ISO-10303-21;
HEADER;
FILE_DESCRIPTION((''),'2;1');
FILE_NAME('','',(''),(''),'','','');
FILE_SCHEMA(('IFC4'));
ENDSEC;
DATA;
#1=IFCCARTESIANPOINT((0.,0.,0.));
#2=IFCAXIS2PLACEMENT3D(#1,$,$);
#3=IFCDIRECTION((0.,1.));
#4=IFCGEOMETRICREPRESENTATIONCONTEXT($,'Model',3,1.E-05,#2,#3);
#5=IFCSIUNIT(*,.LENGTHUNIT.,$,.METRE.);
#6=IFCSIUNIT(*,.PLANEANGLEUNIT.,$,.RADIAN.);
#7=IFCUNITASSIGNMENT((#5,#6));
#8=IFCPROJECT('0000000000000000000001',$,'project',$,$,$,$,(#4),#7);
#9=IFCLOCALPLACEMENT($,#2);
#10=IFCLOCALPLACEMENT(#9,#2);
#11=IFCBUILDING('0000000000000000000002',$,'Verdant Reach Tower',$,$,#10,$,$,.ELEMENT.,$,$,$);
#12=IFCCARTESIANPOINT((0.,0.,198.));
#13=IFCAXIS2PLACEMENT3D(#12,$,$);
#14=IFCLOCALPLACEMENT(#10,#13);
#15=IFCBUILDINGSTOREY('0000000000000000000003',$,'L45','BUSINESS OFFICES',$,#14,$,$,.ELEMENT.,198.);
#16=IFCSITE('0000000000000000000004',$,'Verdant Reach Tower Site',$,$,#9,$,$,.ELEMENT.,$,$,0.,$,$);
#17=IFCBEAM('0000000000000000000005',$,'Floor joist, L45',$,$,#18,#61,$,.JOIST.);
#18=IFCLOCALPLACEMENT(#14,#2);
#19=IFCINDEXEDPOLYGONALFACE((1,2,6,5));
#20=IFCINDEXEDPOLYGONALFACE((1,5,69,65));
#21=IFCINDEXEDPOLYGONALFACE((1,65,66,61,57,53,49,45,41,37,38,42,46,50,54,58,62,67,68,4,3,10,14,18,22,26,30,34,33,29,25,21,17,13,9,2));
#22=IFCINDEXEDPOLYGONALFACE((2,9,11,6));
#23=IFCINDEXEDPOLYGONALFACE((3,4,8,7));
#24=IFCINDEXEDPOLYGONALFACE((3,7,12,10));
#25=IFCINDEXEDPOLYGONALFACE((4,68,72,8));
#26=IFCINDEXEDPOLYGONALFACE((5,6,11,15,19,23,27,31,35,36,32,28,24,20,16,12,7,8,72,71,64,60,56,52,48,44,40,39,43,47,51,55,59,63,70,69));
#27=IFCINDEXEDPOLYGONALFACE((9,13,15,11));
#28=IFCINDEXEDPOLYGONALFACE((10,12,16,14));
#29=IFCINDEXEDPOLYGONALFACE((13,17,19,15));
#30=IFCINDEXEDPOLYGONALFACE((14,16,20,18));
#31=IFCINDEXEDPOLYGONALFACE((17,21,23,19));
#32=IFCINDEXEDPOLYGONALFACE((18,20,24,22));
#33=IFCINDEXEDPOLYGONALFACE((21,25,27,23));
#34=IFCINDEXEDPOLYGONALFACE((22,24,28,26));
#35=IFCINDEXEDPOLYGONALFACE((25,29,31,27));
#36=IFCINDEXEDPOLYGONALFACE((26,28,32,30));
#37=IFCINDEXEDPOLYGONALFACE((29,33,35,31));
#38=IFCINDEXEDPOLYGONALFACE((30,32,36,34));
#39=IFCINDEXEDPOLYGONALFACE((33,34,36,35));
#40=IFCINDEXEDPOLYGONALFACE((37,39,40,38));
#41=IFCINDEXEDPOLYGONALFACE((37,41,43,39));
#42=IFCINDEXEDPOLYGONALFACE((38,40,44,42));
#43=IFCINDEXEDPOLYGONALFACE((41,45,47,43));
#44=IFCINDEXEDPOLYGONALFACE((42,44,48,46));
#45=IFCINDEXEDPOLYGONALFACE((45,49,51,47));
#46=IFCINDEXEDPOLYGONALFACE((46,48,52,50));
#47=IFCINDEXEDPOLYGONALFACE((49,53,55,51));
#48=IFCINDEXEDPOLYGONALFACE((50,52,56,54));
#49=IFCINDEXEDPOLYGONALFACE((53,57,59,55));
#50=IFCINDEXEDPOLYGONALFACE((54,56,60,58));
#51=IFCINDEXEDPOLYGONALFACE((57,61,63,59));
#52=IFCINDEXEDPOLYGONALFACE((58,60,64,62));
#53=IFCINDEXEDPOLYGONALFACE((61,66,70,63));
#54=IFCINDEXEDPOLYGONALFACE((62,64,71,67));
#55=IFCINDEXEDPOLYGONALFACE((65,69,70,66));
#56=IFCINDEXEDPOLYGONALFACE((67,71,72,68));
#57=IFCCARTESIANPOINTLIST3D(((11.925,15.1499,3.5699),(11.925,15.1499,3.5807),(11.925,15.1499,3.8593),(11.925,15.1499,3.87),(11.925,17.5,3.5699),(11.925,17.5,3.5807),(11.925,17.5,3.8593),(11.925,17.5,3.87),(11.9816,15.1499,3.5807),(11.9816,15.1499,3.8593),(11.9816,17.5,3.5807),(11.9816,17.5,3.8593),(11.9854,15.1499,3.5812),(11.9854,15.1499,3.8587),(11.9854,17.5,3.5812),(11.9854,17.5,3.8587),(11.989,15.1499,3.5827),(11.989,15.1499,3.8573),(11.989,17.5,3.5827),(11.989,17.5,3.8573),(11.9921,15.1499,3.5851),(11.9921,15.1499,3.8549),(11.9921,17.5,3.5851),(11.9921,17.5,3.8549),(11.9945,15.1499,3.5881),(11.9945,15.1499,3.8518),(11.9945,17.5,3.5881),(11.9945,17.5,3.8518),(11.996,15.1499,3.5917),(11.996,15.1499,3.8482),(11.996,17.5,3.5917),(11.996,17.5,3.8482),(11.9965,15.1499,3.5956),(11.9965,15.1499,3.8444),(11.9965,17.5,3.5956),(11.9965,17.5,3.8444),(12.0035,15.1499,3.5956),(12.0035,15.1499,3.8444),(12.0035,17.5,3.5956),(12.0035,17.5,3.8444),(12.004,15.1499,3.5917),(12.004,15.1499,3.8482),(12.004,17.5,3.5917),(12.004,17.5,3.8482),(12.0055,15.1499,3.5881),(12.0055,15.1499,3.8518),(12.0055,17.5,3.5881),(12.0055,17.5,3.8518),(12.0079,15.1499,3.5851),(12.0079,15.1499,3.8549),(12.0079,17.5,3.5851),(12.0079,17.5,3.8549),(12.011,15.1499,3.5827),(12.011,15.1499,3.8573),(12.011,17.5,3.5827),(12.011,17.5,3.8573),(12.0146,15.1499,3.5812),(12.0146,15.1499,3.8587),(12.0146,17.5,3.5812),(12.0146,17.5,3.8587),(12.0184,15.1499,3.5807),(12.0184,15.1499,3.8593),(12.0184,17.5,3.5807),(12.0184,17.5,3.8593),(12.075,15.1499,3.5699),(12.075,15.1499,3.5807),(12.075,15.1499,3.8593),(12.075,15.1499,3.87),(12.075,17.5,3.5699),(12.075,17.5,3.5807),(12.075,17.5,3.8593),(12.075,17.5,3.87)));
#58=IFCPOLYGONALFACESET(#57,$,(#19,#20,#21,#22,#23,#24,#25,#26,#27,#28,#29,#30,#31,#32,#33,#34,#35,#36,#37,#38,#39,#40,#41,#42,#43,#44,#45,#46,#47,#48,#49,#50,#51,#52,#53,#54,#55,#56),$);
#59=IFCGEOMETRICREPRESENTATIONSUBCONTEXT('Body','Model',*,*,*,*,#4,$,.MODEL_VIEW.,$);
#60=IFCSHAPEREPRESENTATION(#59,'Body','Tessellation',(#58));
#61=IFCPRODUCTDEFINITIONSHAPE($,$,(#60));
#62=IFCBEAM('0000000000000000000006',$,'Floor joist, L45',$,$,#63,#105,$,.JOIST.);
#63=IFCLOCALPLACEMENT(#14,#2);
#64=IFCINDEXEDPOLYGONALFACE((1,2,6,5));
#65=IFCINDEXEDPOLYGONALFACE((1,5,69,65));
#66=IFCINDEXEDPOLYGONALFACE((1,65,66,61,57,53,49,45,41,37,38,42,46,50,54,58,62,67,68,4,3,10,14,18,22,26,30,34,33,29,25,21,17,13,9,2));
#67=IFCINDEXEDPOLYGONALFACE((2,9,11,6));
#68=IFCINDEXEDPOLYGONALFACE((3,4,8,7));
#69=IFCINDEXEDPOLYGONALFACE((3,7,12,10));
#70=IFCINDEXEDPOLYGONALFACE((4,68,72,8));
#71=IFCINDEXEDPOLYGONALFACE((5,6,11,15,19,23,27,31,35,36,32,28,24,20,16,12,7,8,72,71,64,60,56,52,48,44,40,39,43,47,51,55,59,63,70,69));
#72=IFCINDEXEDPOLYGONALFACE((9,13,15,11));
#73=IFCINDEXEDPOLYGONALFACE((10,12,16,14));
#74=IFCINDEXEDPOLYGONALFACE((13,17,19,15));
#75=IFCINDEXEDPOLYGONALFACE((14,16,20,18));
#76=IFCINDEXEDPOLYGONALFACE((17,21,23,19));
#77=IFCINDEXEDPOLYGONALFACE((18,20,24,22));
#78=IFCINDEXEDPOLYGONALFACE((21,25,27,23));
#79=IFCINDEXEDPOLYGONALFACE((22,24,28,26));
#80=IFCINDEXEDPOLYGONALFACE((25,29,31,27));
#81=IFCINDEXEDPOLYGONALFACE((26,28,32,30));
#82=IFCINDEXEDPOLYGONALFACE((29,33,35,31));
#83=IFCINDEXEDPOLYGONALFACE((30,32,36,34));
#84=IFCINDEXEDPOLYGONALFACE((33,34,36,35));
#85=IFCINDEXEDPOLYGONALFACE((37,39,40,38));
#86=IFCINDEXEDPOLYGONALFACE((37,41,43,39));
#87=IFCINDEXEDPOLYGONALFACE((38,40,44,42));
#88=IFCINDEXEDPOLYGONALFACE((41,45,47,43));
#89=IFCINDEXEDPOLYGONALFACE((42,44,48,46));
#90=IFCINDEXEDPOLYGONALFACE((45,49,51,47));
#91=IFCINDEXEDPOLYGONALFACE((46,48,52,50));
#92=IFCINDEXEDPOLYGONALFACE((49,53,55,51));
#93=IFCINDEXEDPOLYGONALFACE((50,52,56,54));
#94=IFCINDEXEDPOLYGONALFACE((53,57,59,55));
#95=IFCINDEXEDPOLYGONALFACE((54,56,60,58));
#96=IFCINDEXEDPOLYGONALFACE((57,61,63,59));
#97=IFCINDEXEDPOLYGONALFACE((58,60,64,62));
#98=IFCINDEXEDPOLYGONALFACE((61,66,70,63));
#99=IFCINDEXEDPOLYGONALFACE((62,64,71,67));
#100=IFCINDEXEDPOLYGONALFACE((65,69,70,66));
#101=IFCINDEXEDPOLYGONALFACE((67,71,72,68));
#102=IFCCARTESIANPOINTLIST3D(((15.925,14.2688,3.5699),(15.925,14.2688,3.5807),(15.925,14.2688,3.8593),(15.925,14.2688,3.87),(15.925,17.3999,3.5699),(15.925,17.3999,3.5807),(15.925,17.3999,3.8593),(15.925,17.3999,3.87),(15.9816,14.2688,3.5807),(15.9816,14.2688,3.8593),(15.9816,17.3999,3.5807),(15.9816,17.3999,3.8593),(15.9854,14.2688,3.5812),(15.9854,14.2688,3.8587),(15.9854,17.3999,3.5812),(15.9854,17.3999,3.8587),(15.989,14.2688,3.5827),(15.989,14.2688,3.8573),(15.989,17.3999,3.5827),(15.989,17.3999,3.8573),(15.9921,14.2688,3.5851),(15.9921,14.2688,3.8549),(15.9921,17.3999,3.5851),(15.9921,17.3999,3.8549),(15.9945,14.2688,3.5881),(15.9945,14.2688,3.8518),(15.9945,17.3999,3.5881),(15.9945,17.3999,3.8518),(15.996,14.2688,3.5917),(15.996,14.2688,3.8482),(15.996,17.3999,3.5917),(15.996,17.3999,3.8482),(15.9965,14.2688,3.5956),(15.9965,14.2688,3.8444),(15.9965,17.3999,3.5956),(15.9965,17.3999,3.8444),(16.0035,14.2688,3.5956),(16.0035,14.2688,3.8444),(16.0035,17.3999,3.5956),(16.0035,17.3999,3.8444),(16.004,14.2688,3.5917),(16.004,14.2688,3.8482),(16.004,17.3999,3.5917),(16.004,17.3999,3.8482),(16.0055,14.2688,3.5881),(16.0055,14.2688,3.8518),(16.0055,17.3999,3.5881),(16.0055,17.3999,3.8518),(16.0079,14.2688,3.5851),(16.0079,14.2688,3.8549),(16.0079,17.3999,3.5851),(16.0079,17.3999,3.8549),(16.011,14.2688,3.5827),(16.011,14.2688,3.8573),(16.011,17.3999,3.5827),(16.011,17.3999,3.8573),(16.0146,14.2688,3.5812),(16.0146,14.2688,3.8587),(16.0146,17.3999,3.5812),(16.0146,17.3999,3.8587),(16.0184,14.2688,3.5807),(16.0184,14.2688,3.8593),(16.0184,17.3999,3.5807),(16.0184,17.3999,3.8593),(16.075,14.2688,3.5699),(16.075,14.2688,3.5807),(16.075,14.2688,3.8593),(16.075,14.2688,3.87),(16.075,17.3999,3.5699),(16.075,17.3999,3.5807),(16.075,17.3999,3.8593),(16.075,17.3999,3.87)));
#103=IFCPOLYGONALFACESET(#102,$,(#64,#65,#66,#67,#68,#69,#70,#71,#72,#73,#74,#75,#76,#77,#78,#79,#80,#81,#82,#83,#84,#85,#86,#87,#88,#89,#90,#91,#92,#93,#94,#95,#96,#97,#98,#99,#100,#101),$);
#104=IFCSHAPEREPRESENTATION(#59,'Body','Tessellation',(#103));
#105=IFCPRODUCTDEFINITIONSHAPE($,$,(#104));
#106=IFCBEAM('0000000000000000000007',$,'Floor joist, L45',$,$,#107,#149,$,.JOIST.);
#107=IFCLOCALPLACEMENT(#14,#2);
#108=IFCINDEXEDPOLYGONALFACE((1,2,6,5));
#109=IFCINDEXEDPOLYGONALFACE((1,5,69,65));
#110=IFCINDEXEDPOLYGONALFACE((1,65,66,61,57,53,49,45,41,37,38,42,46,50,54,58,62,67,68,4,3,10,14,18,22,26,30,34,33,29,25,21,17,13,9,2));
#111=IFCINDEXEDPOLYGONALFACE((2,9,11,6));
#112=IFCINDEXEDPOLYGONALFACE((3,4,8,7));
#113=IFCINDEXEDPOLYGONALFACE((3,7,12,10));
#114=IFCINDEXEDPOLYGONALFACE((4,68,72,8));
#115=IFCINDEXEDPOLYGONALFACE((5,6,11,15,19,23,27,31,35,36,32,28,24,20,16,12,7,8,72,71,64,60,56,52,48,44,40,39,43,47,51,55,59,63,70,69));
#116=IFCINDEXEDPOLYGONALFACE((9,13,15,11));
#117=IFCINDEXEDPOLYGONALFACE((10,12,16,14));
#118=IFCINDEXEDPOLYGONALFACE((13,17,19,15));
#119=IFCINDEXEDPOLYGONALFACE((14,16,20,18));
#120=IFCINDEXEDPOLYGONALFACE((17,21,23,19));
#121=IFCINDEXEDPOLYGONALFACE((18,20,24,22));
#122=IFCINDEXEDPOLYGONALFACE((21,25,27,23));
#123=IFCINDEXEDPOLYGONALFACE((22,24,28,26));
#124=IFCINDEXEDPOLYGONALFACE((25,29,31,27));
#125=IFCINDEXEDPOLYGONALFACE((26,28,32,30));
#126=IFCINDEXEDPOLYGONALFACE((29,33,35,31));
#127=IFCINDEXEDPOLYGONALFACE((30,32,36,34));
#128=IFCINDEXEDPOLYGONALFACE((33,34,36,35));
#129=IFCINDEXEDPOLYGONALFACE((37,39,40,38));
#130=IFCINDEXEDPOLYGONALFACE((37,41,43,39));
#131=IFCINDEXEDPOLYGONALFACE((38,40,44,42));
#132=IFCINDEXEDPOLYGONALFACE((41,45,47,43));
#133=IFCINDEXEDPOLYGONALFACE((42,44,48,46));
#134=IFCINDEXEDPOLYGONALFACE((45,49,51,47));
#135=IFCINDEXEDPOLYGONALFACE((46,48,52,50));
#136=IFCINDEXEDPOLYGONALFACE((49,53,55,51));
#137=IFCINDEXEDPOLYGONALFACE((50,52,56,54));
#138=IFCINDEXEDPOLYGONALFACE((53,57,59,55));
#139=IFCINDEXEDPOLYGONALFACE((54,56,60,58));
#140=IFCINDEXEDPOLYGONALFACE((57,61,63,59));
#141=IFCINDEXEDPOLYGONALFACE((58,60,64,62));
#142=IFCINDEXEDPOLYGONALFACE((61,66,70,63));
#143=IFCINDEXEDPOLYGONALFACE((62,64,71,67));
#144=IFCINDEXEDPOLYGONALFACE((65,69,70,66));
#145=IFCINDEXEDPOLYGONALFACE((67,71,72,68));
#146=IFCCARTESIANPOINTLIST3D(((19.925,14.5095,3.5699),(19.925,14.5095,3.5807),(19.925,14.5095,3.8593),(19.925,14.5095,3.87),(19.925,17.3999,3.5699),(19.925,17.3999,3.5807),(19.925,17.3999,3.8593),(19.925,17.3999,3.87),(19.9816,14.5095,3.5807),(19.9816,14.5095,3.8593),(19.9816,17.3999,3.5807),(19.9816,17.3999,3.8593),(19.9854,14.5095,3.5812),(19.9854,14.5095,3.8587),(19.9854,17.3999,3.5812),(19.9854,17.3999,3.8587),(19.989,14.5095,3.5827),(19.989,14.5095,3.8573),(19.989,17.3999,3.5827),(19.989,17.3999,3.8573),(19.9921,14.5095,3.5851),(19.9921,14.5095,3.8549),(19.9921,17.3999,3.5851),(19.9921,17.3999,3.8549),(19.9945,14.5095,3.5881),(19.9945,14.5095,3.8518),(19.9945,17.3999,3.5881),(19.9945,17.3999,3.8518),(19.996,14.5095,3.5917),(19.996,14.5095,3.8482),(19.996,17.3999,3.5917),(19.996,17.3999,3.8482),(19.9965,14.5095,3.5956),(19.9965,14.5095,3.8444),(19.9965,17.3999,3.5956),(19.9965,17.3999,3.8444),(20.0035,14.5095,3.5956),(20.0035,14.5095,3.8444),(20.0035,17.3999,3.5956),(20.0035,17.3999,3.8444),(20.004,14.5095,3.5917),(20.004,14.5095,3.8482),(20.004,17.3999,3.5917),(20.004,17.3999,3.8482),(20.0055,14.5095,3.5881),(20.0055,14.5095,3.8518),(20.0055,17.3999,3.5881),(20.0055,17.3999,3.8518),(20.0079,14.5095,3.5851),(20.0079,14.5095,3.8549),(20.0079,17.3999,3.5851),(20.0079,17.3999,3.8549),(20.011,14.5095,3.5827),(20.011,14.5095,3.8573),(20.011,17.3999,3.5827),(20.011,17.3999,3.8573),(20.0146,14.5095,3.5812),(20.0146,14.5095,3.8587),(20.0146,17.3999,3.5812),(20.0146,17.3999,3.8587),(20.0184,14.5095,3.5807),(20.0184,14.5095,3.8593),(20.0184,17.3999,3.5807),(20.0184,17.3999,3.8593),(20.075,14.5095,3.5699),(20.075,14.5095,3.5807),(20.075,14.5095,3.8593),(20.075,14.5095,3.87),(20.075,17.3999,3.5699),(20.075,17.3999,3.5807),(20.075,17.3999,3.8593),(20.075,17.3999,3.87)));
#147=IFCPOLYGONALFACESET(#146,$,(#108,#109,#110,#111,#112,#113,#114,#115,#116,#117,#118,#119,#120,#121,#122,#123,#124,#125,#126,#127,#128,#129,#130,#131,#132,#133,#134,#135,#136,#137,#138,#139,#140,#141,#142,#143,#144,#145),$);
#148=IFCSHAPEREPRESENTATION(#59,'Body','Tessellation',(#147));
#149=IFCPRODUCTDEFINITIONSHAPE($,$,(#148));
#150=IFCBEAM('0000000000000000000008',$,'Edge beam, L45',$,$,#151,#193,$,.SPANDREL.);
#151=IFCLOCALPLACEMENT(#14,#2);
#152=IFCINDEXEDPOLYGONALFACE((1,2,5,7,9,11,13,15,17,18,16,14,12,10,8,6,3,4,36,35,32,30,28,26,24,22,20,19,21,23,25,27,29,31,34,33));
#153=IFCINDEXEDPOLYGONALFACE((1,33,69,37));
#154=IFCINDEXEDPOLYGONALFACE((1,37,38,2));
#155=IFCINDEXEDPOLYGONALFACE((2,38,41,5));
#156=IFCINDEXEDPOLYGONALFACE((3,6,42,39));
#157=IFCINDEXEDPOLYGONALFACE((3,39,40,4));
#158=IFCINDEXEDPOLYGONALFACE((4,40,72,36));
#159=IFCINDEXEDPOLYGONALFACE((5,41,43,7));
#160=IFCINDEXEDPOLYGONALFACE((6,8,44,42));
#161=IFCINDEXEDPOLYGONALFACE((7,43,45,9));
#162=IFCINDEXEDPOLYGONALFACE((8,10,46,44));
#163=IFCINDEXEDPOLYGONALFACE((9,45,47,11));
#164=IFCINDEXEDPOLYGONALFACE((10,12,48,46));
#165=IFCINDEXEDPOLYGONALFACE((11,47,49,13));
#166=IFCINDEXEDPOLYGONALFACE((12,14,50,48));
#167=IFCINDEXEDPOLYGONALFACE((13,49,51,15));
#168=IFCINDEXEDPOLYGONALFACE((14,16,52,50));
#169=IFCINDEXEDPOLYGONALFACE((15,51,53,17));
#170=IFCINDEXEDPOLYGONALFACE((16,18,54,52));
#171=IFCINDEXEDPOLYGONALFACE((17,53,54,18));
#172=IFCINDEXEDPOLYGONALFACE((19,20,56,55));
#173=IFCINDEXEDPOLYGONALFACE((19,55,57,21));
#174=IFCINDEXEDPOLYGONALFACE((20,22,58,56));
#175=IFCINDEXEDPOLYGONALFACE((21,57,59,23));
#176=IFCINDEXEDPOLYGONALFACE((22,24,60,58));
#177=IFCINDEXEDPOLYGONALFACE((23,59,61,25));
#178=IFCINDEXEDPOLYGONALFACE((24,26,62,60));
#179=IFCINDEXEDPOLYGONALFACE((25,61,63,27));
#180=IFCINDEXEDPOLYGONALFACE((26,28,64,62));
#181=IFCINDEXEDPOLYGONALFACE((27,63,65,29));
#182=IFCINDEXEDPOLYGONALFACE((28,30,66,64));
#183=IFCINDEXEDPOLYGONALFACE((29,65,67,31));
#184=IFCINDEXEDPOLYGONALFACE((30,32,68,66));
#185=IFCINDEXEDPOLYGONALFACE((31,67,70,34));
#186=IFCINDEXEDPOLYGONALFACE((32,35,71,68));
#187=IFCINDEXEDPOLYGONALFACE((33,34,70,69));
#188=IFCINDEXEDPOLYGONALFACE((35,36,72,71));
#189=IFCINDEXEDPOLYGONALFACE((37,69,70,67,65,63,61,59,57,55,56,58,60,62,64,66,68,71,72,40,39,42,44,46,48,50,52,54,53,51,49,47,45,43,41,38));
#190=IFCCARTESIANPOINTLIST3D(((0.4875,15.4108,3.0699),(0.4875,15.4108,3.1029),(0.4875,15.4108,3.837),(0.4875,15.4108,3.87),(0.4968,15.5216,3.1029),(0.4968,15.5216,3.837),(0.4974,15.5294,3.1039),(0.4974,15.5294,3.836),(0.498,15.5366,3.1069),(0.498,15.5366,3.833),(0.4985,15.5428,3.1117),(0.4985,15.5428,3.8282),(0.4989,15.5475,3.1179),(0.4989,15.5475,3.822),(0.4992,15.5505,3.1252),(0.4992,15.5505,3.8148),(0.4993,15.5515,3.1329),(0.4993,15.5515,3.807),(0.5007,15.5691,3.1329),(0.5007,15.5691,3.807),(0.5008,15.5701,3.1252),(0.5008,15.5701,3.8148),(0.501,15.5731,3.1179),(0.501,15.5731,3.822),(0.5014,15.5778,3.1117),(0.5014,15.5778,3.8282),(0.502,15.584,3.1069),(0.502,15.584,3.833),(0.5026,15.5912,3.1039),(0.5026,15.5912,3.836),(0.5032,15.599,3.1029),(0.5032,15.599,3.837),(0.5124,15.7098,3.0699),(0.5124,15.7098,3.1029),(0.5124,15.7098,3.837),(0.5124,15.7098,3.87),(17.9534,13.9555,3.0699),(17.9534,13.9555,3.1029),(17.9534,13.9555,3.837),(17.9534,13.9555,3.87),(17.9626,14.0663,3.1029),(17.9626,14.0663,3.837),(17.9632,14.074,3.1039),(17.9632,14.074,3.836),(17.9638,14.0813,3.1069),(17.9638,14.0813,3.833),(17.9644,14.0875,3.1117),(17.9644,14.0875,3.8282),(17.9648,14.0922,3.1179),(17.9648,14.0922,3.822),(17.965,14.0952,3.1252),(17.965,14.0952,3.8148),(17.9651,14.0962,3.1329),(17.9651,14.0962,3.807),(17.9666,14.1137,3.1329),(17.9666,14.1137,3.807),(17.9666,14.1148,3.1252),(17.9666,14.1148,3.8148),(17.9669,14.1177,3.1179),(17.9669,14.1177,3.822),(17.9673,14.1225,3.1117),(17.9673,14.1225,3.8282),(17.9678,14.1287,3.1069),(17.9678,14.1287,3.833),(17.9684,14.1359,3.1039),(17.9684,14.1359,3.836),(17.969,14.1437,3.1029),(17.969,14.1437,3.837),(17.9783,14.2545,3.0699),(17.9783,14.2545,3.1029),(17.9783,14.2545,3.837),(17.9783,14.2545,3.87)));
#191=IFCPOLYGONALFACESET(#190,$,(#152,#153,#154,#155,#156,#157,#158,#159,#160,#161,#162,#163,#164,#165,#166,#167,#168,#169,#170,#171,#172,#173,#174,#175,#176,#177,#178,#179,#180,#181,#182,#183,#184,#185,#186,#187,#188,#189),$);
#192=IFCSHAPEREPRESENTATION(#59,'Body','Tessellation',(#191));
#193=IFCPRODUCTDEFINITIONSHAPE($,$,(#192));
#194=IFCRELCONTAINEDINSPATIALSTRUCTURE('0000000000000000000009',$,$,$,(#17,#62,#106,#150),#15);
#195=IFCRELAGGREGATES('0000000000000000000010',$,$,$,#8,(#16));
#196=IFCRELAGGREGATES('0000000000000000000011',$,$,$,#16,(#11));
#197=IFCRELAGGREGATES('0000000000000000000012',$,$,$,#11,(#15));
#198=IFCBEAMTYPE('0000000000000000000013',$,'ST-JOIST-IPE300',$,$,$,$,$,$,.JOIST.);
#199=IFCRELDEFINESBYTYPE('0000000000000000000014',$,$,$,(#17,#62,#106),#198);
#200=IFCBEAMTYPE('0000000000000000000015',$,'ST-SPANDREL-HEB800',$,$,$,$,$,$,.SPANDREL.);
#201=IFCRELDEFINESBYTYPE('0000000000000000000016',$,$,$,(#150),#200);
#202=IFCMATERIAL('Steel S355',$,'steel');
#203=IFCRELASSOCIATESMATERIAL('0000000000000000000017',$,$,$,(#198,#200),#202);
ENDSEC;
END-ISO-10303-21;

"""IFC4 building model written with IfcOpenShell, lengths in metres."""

from ifc_helpers import new_model, si_unit, direction, frame, origin, origin_2d, place, context, subcontext, project, spatial, i_section, extrude, material, material_profile, profile_set, type_object, element, save


model = new_model("IFC4")

# Units and contexts
model_context = context("Model", 3, precision=1e-05, world=origin(), true_north=direction((0.0, 1.0)))
body_context = subcontext(model_context, "Body", "Model", "MODEL_VIEW")
ifc_project = project(units=[si_unit("LENGTHUNIT", "METRE"), si_unit("PLANEANGLEUNIT", "RADIAN")], contexts=[model_context])

# Site, building, storey
site_placement = place(None, origin())
site = spatial("IfcSite", under=ifc_project, at=site_placement, Name="Verdant Reach Tower Site", CompositionType="ELEMENT", RefElevation=0.0)
building_placement = place(site_placement, origin())
building = spatial("IfcBuilding", under=site, at=building_placement, Name="Verdant Reach Tower", CompositionType="ELEMENT")
storey_placement = place(building_placement, frame((0.0, 0.0, 198.0)))
storey = spatial("IfcBuildingStorey", under=building, at=storey_placement, Name="L45", Description="BUSINESS OFFICES", CompositionType="ELEMENT", Elevation=198.0)

# Beams
ifc_material_1 = material(Name="Steel S355", Category="steel")
ifc_material_profile_1 = material_profile(ifc_material_1, i_section(OverallWidth=0.1499, OverallDepth=0.3, WebThickness=0.0071, FlangeThickness=0.0107, FilletRadius=0.0149, at=origin_2d()), Name="IPE 300")
ifc_profile_set_1 = profile_set([ifc_material_profile_1], Name="Steel S355")
beam_type_1 = type_object("IfcBeamType", Name="ST-JOIST-IPE300", PredefinedType="JOIST", material=ifc_profile_set_1)
beam_1_placement = place(storey_placement, frame((12.0, 17.5, 3.72), z_axis=(0.0, -1.0, 0.0), x_axis=(1.0, 0.0, 0.0)))
element("IfcBeam", 1, at=beam_1_placement, inside=storey, type_object=beam_type_1, Name="Floor joist, L45", PredefinedType="JOIST", context=body_context, shape_type="SweptSolid", body=[
    extrude(i_section(OverallWidth=0.1499, OverallDepth=0.3, WebThickness=0.0071, FlangeThickness=0.0107, FilletRadius=0.0149, at=origin_2d()), origin(), (0.0, 0.0, 1.0), 2.3501),
])
beam_2_placement = place(storey_placement, frame((16.0, 17.3999, 3.72), z_axis=(0.0, -1.0, 0.0), x_axis=(1.0, 0.0, 0.0)))
element("IfcBeam", 2, at=beam_2_placement, inside=storey, type_object=beam_type_1, Name="Floor joist, L45", PredefinedType="JOIST", context=body_context, shape_type="SweptSolid", body=[
    extrude(i_section(OverallWidth=0.1499, OverallDepth=0.3, WebThickness=0.0071, FlangeThickness=0.0107, FilletRadius=0.0149, at=origin_2d()), origin(), (0.0, 0.0, 1.0), 3.1311),
])
beam_3_placement = place(storey_placement, frame((20.0, 17.3999, 3.72), z_axis=(0.0, -1.0, 0.0), x_axis=(1.0, 0.0, 0.0)))
element("IfcBeam", 3, at=beam_3_placement, inside=storey, type_object=beam_type_1, Name="Floor joist, L45", PredefinedType="JOIST", context=body_context, shape_type="SweptSolid", body=[
    extrude(i_section(OverallWidth=0.1499, OverallDepth=0.3, WebThickness=0.0071, FlangeThickness=0.0107, FilletRadius=0.0149, at=origin_2d()), origin(), (0.0, 0.0, 1.0), 2.8904),
])
ifc_material_profile_2 = material_profile(ifc_material_1, i_section(OverallWidth=0.3, OverallDepth=0.8, WebThickness=0.0176, FlangeThickness=0.033, FilletRadius=0.03, at=origin_2d()), Name="HEB 800")
ifc_profile_set_2 = profile_set([ifc_material_profile_2], Name="Steel S355")
beam_type_2 = type_object("IfcBeamType", Name="ST-SPANDREL-HEB800", PredefinedType="SPANDREL", material=ifc_profile_set_2)
beam_4_placement = place(storey_placement, frame((17.9658, 14.105, 3.47), z_axis=(-0.996547, 0.083036, 0.0), x_axis=(-0.083036, -0.996547, 0.0)))
element("IfcBeam", 4, at=beam_4_placement, inside=storey, type_object=beam_type_2, Name="Edge beam, L45", PredefinedType="SPANDREL", context=body_context, shape_type="SweptSolid", body=[
    extrude(i_section(OverallWidth=0.3, OverallDepth=0.8, WebThickness=0.0176, FlangeThickness=0.033, FilletRadius=0.03, at=origin_2d()), origin(), (0.0, 0.0, 1.0), 17.5264),
])

save(model, "model.ifc")
